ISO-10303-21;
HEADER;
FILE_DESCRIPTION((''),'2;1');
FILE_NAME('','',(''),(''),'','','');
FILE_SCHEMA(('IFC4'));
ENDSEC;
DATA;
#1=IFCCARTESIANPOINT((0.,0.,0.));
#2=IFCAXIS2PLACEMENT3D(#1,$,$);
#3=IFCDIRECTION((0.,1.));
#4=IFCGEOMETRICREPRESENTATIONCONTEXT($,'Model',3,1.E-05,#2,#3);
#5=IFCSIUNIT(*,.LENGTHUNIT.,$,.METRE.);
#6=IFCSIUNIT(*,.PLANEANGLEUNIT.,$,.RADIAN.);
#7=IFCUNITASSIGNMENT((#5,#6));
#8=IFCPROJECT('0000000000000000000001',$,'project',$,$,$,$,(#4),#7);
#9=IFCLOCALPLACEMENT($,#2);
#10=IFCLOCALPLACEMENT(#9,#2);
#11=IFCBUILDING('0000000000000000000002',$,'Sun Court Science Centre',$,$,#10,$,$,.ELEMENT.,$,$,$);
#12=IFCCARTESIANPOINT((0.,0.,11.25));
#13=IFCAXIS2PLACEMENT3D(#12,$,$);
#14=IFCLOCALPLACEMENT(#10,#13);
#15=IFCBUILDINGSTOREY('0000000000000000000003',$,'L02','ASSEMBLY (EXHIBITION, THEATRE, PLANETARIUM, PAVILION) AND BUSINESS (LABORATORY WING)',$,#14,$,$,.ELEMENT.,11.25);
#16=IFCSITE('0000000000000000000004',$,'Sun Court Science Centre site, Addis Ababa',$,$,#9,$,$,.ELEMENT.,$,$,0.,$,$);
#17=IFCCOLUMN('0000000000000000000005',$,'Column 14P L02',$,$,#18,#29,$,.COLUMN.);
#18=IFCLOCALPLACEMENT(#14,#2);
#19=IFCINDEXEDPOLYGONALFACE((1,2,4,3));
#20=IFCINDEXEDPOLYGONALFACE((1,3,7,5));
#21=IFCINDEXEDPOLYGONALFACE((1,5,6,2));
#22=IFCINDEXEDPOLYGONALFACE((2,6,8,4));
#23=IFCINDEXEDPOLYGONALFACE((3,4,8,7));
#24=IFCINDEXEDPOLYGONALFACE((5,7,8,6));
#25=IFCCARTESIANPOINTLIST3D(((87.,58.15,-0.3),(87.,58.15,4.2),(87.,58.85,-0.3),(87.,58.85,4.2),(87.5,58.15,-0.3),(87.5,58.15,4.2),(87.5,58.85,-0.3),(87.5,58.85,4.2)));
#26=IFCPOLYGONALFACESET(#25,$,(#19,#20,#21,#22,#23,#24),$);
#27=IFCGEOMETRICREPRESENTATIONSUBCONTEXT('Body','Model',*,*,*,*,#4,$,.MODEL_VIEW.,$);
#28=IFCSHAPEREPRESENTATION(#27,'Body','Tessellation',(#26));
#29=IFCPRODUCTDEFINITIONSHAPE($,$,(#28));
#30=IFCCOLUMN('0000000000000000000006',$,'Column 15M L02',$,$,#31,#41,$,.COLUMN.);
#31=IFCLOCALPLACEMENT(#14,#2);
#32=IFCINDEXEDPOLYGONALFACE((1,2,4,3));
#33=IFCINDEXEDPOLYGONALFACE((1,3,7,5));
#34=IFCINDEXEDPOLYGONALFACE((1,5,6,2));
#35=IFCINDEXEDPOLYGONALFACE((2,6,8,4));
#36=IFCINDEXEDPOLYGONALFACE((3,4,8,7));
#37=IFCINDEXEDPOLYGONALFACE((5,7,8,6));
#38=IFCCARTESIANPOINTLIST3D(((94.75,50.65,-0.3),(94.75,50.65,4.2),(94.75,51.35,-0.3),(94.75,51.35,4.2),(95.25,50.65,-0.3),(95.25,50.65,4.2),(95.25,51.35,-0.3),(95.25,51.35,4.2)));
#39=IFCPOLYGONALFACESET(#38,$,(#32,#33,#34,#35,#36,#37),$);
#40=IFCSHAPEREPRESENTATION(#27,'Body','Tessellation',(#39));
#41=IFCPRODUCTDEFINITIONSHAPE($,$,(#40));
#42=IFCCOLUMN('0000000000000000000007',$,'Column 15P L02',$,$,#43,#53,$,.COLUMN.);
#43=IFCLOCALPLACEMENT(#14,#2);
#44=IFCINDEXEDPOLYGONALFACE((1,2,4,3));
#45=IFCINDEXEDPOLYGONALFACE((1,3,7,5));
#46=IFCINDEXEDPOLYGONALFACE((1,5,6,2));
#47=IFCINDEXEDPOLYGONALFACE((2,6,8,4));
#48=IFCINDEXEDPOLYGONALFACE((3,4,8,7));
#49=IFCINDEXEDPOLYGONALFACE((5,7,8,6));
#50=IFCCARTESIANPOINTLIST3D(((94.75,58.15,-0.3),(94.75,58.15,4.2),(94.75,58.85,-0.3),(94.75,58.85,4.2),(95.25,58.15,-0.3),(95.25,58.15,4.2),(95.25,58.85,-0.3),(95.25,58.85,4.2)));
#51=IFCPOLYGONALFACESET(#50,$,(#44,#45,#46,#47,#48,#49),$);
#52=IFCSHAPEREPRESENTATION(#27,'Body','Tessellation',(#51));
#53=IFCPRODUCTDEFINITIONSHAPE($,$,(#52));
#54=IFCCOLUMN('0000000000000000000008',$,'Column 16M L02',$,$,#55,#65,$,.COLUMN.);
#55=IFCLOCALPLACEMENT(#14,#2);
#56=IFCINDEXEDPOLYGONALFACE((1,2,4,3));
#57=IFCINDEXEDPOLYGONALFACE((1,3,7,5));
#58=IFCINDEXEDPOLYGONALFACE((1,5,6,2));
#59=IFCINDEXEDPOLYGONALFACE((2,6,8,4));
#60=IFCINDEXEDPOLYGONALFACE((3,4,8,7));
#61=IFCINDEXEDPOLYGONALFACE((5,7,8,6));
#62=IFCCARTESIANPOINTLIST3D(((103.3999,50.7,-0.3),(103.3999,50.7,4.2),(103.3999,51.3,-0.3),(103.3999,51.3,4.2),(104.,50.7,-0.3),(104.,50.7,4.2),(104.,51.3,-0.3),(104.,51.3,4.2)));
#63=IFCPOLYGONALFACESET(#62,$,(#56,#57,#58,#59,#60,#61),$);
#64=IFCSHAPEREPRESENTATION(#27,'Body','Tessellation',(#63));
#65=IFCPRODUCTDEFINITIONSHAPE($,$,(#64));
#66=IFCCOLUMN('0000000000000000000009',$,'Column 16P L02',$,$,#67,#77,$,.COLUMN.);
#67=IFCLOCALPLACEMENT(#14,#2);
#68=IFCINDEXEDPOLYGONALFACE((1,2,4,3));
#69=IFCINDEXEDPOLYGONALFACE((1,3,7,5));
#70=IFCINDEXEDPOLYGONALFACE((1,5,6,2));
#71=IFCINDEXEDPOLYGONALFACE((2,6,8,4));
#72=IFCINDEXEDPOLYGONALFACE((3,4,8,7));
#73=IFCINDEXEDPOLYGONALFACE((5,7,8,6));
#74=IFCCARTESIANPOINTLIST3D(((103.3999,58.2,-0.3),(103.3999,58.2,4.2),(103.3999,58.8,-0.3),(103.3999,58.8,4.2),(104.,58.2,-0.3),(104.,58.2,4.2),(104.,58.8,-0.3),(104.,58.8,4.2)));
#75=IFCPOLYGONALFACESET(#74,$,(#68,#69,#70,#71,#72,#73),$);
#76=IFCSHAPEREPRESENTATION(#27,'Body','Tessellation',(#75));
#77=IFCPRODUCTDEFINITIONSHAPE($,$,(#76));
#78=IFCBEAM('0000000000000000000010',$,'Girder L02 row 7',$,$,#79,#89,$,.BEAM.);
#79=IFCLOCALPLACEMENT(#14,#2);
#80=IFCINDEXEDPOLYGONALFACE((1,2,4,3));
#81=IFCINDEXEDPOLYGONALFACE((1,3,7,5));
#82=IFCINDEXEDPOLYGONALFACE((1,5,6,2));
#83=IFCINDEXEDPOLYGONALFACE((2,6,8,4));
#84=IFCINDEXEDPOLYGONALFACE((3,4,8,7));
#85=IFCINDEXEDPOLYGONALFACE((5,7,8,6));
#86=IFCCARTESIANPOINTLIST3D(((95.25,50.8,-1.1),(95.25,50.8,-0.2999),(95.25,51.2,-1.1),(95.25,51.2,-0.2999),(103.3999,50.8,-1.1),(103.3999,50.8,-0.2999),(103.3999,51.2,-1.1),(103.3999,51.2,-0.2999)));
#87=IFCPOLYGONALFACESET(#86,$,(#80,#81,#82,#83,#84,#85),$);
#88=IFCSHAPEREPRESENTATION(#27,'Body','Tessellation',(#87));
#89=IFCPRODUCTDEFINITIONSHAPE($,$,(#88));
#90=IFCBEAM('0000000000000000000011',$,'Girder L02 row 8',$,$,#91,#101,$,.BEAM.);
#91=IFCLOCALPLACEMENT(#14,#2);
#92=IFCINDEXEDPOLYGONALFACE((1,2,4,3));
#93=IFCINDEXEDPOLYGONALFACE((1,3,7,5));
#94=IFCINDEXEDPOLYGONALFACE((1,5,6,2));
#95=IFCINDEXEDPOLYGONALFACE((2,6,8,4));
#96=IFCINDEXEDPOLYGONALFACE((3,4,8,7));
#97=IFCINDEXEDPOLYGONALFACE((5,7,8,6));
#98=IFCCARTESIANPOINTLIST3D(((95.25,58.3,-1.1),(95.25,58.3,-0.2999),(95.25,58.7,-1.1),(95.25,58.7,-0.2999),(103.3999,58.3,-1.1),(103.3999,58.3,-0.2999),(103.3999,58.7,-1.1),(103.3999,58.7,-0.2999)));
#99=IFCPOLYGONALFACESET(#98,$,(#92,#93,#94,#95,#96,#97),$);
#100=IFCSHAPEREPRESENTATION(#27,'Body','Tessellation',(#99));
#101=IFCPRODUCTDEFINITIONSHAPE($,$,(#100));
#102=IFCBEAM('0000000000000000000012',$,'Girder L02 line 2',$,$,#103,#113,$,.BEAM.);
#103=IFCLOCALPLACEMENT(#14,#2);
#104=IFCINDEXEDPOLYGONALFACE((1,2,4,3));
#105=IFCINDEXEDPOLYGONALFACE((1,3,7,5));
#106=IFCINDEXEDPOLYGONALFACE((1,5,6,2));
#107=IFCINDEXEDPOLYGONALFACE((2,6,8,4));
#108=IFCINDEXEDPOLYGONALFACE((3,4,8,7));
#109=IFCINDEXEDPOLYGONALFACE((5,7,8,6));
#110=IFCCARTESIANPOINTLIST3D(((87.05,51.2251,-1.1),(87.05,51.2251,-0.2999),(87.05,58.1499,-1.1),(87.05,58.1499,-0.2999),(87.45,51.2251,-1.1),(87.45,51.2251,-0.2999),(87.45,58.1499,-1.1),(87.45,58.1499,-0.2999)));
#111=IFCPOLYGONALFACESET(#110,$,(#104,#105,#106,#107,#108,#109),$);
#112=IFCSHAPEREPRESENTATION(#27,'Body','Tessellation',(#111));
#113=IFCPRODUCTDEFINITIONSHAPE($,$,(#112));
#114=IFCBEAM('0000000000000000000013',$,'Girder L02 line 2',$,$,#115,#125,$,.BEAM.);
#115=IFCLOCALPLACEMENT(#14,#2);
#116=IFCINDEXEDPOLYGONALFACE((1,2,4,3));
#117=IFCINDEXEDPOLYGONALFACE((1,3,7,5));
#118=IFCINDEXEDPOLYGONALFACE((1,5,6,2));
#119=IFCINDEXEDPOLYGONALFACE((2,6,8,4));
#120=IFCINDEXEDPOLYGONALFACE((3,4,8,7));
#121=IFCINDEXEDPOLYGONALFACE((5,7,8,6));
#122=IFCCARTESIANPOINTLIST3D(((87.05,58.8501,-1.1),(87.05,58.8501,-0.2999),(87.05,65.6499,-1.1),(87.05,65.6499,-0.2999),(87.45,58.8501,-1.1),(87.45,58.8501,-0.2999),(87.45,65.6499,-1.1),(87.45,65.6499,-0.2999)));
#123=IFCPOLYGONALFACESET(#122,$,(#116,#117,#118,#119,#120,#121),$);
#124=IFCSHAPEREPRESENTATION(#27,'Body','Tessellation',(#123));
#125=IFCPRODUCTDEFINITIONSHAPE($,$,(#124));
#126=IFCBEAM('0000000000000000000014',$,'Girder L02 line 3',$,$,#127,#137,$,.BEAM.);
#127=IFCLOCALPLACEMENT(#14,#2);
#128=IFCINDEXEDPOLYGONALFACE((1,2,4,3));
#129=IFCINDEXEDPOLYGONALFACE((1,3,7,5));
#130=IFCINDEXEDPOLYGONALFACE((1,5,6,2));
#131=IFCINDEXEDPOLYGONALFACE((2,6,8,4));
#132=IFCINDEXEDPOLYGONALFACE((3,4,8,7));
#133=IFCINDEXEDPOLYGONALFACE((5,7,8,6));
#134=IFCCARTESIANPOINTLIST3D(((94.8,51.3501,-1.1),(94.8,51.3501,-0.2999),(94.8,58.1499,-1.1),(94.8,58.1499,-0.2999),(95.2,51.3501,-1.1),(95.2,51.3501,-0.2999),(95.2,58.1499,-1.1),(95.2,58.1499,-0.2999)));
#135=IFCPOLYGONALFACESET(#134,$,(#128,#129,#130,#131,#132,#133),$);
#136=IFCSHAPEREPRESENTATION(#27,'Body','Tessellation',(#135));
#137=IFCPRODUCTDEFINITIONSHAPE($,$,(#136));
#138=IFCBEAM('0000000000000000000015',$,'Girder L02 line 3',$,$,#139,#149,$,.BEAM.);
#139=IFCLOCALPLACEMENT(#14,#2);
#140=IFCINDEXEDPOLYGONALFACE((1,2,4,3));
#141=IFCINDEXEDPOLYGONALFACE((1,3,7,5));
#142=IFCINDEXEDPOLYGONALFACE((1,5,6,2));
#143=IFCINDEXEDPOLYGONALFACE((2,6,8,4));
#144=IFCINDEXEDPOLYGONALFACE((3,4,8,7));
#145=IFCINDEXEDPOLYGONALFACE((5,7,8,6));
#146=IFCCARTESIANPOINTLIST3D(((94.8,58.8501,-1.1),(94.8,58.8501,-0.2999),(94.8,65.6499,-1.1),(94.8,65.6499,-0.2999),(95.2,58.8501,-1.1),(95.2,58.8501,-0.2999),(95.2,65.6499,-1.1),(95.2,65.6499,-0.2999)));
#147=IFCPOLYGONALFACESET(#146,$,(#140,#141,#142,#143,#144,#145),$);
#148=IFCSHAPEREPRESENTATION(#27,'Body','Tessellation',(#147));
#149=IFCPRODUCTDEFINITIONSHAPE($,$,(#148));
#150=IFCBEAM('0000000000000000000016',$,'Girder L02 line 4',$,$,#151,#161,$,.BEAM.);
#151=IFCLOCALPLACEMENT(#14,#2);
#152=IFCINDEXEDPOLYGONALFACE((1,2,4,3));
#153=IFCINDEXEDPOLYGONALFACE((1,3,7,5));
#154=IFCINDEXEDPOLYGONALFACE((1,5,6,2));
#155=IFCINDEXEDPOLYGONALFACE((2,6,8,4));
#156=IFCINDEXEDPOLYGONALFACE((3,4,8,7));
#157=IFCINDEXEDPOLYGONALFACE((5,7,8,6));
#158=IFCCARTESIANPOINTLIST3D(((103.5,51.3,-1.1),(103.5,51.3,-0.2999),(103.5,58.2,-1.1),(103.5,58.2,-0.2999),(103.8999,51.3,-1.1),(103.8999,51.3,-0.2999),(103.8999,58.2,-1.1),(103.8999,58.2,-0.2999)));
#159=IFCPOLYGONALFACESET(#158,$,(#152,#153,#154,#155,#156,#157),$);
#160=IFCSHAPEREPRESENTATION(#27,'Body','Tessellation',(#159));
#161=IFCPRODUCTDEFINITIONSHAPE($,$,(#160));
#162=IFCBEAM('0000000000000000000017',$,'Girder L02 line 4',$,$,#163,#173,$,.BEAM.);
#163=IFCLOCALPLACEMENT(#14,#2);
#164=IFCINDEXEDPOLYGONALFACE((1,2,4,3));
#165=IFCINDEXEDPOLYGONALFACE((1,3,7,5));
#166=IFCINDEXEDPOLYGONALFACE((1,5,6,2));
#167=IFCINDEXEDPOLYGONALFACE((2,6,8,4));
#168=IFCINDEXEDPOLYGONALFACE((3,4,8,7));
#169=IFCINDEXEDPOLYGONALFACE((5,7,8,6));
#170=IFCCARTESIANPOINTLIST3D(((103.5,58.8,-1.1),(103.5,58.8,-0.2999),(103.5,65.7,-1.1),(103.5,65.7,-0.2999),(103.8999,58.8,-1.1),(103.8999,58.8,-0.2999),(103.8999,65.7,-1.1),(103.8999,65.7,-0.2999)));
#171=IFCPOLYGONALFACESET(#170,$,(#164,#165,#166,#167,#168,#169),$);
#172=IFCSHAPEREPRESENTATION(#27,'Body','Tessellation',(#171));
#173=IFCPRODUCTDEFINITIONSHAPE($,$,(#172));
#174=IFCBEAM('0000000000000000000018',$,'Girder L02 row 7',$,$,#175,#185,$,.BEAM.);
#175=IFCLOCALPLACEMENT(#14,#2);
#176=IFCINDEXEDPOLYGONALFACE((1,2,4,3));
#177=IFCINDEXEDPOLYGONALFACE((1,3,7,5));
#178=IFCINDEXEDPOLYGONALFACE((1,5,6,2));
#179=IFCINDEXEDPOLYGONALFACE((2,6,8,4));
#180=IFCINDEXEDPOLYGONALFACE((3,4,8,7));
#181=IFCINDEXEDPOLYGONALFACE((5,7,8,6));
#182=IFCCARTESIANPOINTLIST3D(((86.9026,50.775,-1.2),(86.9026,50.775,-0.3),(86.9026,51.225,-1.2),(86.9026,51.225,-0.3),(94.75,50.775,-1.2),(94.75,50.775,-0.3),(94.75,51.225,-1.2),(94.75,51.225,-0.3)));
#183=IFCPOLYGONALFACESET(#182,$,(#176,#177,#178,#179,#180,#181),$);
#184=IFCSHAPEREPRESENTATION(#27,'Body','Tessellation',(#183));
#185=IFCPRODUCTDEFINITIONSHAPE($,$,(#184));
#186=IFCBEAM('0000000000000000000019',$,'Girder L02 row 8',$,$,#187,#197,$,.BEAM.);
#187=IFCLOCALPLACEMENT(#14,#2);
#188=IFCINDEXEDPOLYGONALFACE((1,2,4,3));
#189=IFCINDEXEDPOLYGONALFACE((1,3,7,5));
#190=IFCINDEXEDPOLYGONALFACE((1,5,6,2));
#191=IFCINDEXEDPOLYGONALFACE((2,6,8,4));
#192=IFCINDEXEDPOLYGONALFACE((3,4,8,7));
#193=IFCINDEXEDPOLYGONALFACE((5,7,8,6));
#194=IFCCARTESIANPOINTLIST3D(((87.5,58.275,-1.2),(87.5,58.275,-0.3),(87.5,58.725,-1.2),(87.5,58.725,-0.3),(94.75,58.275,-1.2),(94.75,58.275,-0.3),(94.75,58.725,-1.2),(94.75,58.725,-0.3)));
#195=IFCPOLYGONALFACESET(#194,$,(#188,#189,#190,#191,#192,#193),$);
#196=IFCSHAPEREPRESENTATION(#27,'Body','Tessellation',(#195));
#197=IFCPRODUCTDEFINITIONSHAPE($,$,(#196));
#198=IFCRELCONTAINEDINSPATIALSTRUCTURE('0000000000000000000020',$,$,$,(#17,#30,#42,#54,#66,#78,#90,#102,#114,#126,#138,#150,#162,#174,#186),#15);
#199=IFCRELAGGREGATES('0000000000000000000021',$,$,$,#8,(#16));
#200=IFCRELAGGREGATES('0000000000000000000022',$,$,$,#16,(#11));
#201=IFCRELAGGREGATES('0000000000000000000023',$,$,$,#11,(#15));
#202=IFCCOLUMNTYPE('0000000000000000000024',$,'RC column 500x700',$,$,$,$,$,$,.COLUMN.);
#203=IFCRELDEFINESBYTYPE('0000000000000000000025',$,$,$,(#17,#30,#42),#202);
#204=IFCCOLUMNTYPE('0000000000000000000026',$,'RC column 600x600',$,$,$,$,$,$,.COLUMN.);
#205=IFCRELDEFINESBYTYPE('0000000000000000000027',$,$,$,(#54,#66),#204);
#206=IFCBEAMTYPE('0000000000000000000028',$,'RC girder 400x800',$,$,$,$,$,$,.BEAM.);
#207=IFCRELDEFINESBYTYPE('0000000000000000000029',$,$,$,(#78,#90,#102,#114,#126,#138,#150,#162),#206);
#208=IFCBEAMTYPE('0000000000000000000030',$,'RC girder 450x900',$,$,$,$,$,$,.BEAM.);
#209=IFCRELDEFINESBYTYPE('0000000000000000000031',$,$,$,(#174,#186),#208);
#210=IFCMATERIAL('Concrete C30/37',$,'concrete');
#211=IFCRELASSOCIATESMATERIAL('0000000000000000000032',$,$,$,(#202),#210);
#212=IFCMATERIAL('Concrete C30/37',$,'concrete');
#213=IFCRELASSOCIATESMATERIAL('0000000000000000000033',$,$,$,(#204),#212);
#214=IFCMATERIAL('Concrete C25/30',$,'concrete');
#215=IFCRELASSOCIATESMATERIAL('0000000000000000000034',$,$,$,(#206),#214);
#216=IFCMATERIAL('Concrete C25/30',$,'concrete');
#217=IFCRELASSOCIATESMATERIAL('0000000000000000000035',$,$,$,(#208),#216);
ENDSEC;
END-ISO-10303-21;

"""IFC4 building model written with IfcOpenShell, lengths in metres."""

from ifc_helpers import new_model, si_unit, direction, frame, origin, origin_2d, place, context, subcontext, project, spatial, rectangle, extrude, material, material_profile, profile_set, type_object, element, save


model = new_model("IFC4")

# Units and contexts
model_context = context("Model", 3, precision=1e-05, world=origin(), true_north=direction((0.0, 1.0)))
body_context = subcontext(model_context, "Body", "Model", "MODEL_VIEW")
ifc_project = project(units=[si_unit("LENGTHUNIT", "METRE"), si_unit("PLANEANGLEUNIT", "RADIAN")], contexts=[model_context])

# Site, building, storey
site_placement = place(None, origin())
site = spatial("IfcSite", under=ifc_project, at=site_placement, Name="Sun Court Science Centre site, Addis Ababa", CompositionType="ELEMENT", RefElevation=0.0)
building_placement = place(site_placement, origin())
building = spatial("IfcBuilding", under=site, at=building_placement, Name="Sun Court Science Centre", CompositionType="ELEMENT")
storey_placement = place(building_placement, frame((0.0, 0.0, 11.25)))
storey = spatial("IfcBuildingStorey", under=building, at=storey_placement, Name="L02", Description="ASSEMBLY (EXHIBITION, THEATRE, PLANETARIUM, PAVILION) AND BUSINESS (LABORATORY WING)", CompositionType="ELEMENT", Elevation=11.25)

# Columns
ifc_material_1 = material(Name="Concrete C30/37", Category="concrete")
ifc_material_profile_1 = material_profile(ifc_material_1, rectangle(XDim=0.5, YDim=0.7, at=origin_2d()), Name="RC 500x700")
ifc_profile_set_1 = profile_set([ifc_material_profile_1], Name="Concrete C30/37")
column_type_1 = type_object("IfcColumnType", Name="RC column 500x700", PredefinedType="COLUMN", material=ifc_profile_set_1)
for number, where, z_axis, x_axis, name in (
    (1, (87.25, 58.5, -0.3), (0.0, 0.0, 1.0), (1.0, 0.0, 0.0), "Column 14P L02"),
    (2, (95.0, 51.0, -0.3), (0.0, 0.0, 1.0), (1.0, 0.0, 0.0), "Column 15M L02"),
    (3, (95.0, 58.5, -0.3), (0.0, 0.0, 1.0), (1.0, 0.0, 0.0), "Column 15P L02"),
):
    element("IfcColumn", number, at=place(storey_placement, frame(where, z_axis=z_axis, x_axis=x_axis)), inside=storey, type_object=column_type_1, Name=name, PredefinedType="COLUMN", context=body_context, shape_type="SweptSolid", body=[
        extrude(rectangle(XDim=0.5, YDim=0.7, at=origin_2d()), origin(), (0.0, 0.0, 1.0), 4.5),
    ])
ifc_material_2 = material(Name="Concrete C30/37", Category="concrete")
ifc_material_profile_2 = material_profile(ifc_material_2, rectangle(XDim=0.6001, YDim=0.6001, at=origin_2d()), Name="RC 600x600")
ifc_profile_set_2 = profile_set([ifc_material_profile_2], Name="Concrete C30/37")
column_type_2 = type_object("IfcColumnType", Name="RC column 600x600", PredefinedType="COLUMN", material=ifc_profile_set_2)
for number, where, z_axis, x_axis, name in (
    (4, (103.7, 51.0, -0.3), (0.0, 0.0, 1.0), (1.0, 0.0, 0.0), "Column 16M L02"),
    (5, (103.7, 58.5, -0.3), (0.0, 0.0, 1.0), (1.0, 0.0, 0.0), "Column 16P L02"),
):
    element("IfcColumn", number, at=place(storey_placement, frame(where, z_axis=z_axis, x_axis=x_axis)), inside=storey, type_object=column_type_2, Name=name, PredefinedType="COLUMN", context=body_context, shape_type="SweptSolid", body=[
        extrude(rectangle(XDim=0.6001, YDim=0.6001, at=origin_2d()), origin(), (0.0, 0.0, 1.0), 4.5),
    ])

# Beams
ifc_material_3 = material(Name="Concrete C25/30", Category="concrete")
ifc_material_profile_3 = material_profile(ifc_material_3, rectangle(XDim=0.3999, YDim=0.8, at=origin_2d()), Name="RC 400x800")
ifc_profile_set_3 = profile_set([ifc_material_profile_3], Name="Concrete C25/30")
beam_type_1 = type_object("IfcBeamType", Name="RC girder 400x800", PredefinedType="BEAM", material=ifc_profile_set_3)
for number, where, z_axis, x_axis, name in (
    (6, (95.25, 51.0, -0.7), (1.0, 0.0, 0.0), (0.0, 1.0, 0.0), "Girder L02 row 7"),
    (7, (95.25, 58.5, -0.7), (1.0, 0.0, 0.0), (0.0, 1.0, 0.0), "Girder L02 row 8"),
):
    element("IfcBeam", number, at=place(storey_placement, frame(where, z_axis=z_axis, x_axis=x_axis)), inside=storey, type_object=beam_type_1, Name=name, PredefinedType="BEAM", context=body_context, shape_type="SweptSolid", body=[
        extrude(rectangle(XDim=0.3999, YDim=0.8, at=origin_2d()), origin(), (0.0, 0.0, 1.0), 8.1499),
    ])
beam_1_placement = place(storey_placement, frame((87.25, 51.2251, -0.7), z_axis=(0.0, 1.0, 0.0), x_axis=(-1.0, 0.0, 0.0)))
element("IfcBeam", 8, at=beam_1_placement, inside=storey, type_object=beam_type_1, Name="Girder L02 line 2", PredefinedType="BEAM", context=body_context, shape_type="SweptSolid", body=[
    extrude(rectangle(XDim=0.3999, YDim=0.8, at=origin_2d()), origin(), (0.0, 0.0, 1.0), 6.9248),
])
for number, where, z_axis, x_axis, name in (
    (9, (87.25, 58.8501, -0.7), (0.0, 1.0, 0.0), (-1.0, 0.0, 0.0), "Girder L02 line 2"),
    (10, (95.0, 51.3501, -0.7), (0.0, 1.0, 0.0), (-1.0, 0.0, 0.0), "Girder L02 line 3"),
    (11, (95.0, 58.8501, -0.7), (0.0, 1.0, 0.0), (-1.0, 0.0, 0.0), "Girder L02 line 3"),
):
    element("IfcBeam", number, at=place(storey_placement, frame(where, z_axis=z_axis, x_axis=x_axis)), inside=storey, type_object=beam_type_1, Name=name, PredefinedType="BEAM", context=body_context, shape_type="SweptSolid", body=[
        extrude(rectangle(XDim=0.3999, YDim=0.8, at=origin_2d()), origin(), (0.0, 0.0, 1.0), 6.7998),
    ])
for number, where, z_axis, x_axis, name in (
    (12, (103.7, 51.3, -0.7), (0.0, 1.0, 0.0), (-1.0, 0.0, 0.0), "Girder L02 line 4"),
    (13, (103.7, 58.8, -0.7), (0.0, 1.0, 0.0), (-1.0, 0.0, 0.0), "Girder L02 line 4"),
):
    element("IfcBeam", number, at=place(storey_placement, frame(where, z_axis=z_axis, x_axis=x_axis)), inside=storey, type_object=beam_type_1, Name=name, PredefinedType="BEAM", context=body_context, shape_type="SweptSolid", body=[
        extrude(rectangle(XDim=0.3999, YDim=0.8, at=origin_2d()), origin(), (0.0, 0.0, 1.0), 6.8999),
    ])
ifc_material_4 = material(Name="Concrete C25/30", Category="concrete")
ifc_material_profile_4 = material_profile(ifc_material_4, rectangle(XDim=0.45, YDim=0.8999, at=origin_2d()), Name="RC 450x900")
ifc_profile_set_4 = profile_set([ifc_material_profile_4], Name="Concrete C25/30")
beam_type_2 = type_object("IfcBeamType", Name="RC girder 450x900", PredefinedType="BEAM", material=ifc_profile_set_4)
beam_2_placement = place(storey_placement, frame((86.9026, 51.0, -0.75), z_axis=(1.0, 0.0, 0.0), x_axis=(0.0, 1.0, 0.0)))
element("IfcBeam", 14, at=beam_2_placement, inside=storey, type_object=beam_type_2, Name="Girder L02 row 7", PredefinedType="BEAM", context=body_context, shape_type="SweptSolid", body=[
    extrude(rectangle(XDim=0.45, YDim=0.8999, at=origin_2d()), origin(), (0.0, 0.0, 1.0), 7.8474),
])
beam_3_placement = place(storey_placement, frame((87.5, 58.5, -0.75), z_axis=(1.0, 0.0, 0.0), x_axis=(0.0, 1.0, 0.0)))
element("IfcBeam", 15, at=beam_3_placement, inside=storey, type_object=beam_type_2, Name="Girder L02 row 8", PredefinedType="BEAM", context=body_context, shape_type="SweptSolid", body=[
    extrude(rectangle(XDim=0.45, YDim=0.8999, at=origin_2d()), origin(), (0.0, 0.0, 1.0), 7.25),
])

save(model, "model.ifc")
